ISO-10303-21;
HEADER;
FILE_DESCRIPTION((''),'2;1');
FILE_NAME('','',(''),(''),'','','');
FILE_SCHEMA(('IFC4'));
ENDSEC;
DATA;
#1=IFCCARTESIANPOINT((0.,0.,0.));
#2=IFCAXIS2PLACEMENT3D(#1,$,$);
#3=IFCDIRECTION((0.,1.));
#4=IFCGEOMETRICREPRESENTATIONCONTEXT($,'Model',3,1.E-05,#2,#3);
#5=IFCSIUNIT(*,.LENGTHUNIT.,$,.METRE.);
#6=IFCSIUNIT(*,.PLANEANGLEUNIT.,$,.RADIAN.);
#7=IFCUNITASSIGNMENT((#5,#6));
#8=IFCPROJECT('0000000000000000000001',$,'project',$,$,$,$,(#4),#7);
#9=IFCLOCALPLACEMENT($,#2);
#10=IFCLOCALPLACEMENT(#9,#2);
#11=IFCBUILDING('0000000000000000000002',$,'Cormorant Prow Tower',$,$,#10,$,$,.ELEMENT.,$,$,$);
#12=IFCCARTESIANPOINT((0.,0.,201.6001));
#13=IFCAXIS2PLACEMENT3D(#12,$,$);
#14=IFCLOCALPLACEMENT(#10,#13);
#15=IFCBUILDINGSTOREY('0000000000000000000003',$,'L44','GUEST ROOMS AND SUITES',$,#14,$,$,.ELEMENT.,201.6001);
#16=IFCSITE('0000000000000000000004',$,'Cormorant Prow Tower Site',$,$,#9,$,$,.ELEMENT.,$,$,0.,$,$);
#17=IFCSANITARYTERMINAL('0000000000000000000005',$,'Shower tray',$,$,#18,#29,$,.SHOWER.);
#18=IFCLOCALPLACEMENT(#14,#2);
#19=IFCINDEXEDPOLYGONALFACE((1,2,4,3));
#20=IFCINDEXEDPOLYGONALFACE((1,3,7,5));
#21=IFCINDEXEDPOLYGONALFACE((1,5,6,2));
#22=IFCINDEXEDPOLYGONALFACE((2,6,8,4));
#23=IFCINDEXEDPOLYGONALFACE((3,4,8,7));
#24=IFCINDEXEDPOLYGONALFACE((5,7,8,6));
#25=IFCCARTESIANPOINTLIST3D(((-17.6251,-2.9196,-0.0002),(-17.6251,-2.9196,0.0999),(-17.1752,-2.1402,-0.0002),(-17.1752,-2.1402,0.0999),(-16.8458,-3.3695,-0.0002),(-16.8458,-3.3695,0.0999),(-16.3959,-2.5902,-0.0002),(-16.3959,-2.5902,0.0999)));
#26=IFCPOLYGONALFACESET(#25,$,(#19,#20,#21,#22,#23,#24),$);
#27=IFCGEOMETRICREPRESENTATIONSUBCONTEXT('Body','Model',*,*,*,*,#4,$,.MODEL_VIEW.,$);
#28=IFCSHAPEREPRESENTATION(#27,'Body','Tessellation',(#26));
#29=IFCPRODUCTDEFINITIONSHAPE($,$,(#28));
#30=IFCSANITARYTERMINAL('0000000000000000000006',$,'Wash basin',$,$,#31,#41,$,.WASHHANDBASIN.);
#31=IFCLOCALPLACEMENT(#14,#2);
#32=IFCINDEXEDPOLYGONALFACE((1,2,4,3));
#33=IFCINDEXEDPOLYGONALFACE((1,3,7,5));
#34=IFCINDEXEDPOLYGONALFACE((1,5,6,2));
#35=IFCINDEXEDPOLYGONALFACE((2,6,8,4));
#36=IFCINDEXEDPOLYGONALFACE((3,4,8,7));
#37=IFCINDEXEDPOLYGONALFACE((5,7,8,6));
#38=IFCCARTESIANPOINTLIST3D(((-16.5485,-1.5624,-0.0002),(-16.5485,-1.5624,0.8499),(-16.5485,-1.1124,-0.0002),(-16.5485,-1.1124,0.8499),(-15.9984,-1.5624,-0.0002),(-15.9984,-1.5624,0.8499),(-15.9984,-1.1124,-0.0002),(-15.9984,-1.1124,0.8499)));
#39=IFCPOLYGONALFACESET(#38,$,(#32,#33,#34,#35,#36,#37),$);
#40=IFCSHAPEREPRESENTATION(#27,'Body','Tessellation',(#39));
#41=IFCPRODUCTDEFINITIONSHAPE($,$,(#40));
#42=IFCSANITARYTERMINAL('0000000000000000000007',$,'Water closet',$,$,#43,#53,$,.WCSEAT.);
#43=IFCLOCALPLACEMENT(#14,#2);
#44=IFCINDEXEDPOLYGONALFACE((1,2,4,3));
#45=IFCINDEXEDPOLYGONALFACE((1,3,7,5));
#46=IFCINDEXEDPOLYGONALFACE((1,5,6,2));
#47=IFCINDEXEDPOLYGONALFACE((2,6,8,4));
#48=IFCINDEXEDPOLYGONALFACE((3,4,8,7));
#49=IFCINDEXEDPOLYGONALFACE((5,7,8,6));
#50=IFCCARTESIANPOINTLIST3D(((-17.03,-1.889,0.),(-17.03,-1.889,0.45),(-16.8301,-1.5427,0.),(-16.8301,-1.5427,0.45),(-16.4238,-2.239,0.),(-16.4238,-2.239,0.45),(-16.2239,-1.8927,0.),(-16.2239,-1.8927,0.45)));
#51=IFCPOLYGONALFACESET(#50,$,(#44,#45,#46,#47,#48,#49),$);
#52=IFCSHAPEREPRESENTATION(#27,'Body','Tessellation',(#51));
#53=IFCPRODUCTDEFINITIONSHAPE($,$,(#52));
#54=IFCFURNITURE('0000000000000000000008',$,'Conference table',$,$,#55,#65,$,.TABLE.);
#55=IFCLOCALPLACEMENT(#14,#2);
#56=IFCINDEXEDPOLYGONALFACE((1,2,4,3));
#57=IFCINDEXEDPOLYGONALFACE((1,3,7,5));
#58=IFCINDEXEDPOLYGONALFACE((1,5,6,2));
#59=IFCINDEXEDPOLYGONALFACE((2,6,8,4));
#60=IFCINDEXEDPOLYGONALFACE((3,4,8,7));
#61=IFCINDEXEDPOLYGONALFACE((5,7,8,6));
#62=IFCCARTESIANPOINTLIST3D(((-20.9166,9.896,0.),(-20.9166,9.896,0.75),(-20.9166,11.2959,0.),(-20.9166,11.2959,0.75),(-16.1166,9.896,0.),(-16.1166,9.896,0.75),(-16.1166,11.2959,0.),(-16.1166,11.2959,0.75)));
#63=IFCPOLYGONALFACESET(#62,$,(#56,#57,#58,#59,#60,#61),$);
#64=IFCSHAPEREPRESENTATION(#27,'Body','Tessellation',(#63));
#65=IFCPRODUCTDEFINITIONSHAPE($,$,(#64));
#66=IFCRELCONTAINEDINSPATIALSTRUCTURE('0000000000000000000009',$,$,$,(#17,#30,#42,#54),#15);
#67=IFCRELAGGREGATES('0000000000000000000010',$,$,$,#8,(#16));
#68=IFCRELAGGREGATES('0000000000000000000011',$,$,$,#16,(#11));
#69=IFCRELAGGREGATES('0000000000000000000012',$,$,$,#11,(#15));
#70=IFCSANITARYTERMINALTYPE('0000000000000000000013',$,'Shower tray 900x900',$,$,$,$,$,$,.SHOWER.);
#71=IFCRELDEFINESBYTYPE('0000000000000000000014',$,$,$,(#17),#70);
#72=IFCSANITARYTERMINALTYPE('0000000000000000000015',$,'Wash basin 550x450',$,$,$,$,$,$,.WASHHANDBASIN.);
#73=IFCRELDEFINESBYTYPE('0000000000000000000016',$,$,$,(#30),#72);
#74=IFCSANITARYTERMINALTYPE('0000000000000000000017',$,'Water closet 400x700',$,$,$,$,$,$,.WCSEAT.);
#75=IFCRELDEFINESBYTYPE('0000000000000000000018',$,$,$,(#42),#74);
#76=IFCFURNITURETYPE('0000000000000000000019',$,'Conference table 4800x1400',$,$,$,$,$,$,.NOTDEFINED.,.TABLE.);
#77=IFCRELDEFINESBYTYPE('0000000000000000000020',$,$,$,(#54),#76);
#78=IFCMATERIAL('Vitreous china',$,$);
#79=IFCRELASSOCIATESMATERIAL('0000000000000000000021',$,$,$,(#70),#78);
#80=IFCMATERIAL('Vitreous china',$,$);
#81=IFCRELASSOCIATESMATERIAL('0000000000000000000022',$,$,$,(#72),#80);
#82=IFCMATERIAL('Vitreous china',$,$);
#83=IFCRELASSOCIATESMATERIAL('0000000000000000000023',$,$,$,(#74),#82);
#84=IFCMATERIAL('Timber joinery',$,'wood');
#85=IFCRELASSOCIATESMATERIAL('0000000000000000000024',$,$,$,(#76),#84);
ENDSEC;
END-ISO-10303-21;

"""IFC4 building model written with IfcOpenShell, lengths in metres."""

from ifc_helpers import new_model, si_unit, direction, frame, origin, origin_2d, place, context, subcontext, project, spatial, rectangle, extrude, material, type_object, element, save


model = new_model("IFC4")

# Units and contexts
model_context = context("Model", 3, precision=1e-05, world=origin(), true_north=direction((0.0, 1.0)))
body_context = subcontext(model_context, "Body", "Model", "MODEL_VIEW")
ifc_project = project(units=[si_unit("LENGTHUNIT", "METRE"), si_unit("PLANEANGLEUNIT", "RADIAN")], contexts=[model_context])

# Site, building, storey
site_placement = place(None, origin())
site = spatial("IfcSite", under=ifc_project, at=site_placement, Name="Cormorant Prow Tower Site", CompositionType="ELEMENT", RefElevation=0.0)
building_placement = place(site_placement, origin())
building = spatial("IfcBuilding", under=site, at=building_placement, Name="Cormorant Prow Tower", CompositionType="ELEMENT")
storey_placement = place(building_placement, frame((0.0, 0.0, 201.6001)))
storey = spatial("IfcBuildingStorey", under=building, at=storey_placement, Name="L44", Description="GUEST ROOMS AND SUITES", CompositionType="ELEMENT", Elevation=201.6001)

# Sanitary terminals
ifc_material_1 = material(Name="Vitreous china")
sanitary_terminal_type_1 = type_object("IfcSanitaryTerminalType", Name="Shower tray 900x900", PredefinedType="SHOWER", material=ifc_material_1)
for number, where, z_axis, x_axis, name in (
    (1, (-17.0105, -2.7549, -0.0002), (0.0, 0.0, 1.0), (0.866025, -0.5, 0.0), "Shower tray"),
):
    element("IfcSanitaryTerminal", number, at=place(storey_placement, frame(where, z_axis=z_axis, x_axis=x_axis)), inside=storey, type_object=sanitary_terminal_type_1, Name=name, PredefinedType="SHOWER", context=body_context, shape_type="SweptSolid", body=[
        extrude(rectangle(XDim=0.8999, YDim=0.8999, at=origin_2d()), origin(), (0.0, 0.0, 1.0), 0.1001),
    ])
ifc_material_2 = material(Name="Vitreous china")
sanitary_terminal_type_2 = type_object("IfcSanitaryTerminalType", Name="Wash basin 550x450", PredefinedType="WASHHANDBASIN", material=ifc_material_2)
sanitary_terminal_1_placement = place(storey_placement, frame((-16.2734, -1.3374, -0.0002), z_axis=(0.0, 0.0, 1.0), x_axis=(1.0, 0.0, 0.0)))
element("IfcSanitaryTerminal", 2, at=sanitary_terminal_1_placement, inside=storey, type_object=sanitary_terminal_type_2, Name="Wash basin", PredefinedType="WASHHANDBASIN", context=body_context, shape_type="SweptSolid", body=[
    extrude(rectangle(XDim=0.55, YDim=0.45, at=origin_2d()), origin(), (0.0, 0.0, 1.0), 0.8501),
])
ifc_material_3 = material(Name="Vitreous china")
sanitary_terminal_type_3 = type_object("IfcSanitaryTerminalType", Name="Water closet 400x700", PredefinedType="WCSEAT", material=ifc_material_3)
sanitary_terminal_2_placement = place(storey_placement, frame((-16.627, -1.8909, 0.0), z_axis=(0.0, 0.0, 1.0), x_axis=(0.5, 0.866025, 0.0)))
element("IfcSanitaryTerminal", 3, at=sanitary_terminal_2_placement, inside=storey, type_object=sanitary_terminal_type_3, Name="Water closet", PredefinedType="WCSEAT", context=body_context, shape_type="SweptSolid", body=[
    extrude(rectangle(XDim=0.3999, YDim=0.7, at=origin_2d()), origin(), (0.0, 0.0, 1.0), 0.45),
])

# Furniture
ifc_material_4 = material(Name="Timber joinery", Category="wood")
furniture_type = type_object("IfcFurnitureType", Name="Conference table 4800x1400", AssemblyPlace="NOTDEFINED", PredefinedType="TABLE", material=ifc_material_4)
furniture_placement = place(storey_placement, frame((-18.5166, 10.5959, 0.0), z_axis=(0.0, 0.0, 1.0), x_axis=(1.0, 0.0, 0.0)))
element("IfcFurniture", 4, at=furniture_placement, inside=storey, type_object=furniture_type, Name="Conference table", PredefinedType="TABLE", context=body_context, shape_type="SweptSolid", body=[
    extrude(rectangle(XDim=4.8, YDim=1.3999, at=origin_2d()), origin(), (0.0, 0.0, 1.0), 0.75),
])

save(model, "model.ifc")
